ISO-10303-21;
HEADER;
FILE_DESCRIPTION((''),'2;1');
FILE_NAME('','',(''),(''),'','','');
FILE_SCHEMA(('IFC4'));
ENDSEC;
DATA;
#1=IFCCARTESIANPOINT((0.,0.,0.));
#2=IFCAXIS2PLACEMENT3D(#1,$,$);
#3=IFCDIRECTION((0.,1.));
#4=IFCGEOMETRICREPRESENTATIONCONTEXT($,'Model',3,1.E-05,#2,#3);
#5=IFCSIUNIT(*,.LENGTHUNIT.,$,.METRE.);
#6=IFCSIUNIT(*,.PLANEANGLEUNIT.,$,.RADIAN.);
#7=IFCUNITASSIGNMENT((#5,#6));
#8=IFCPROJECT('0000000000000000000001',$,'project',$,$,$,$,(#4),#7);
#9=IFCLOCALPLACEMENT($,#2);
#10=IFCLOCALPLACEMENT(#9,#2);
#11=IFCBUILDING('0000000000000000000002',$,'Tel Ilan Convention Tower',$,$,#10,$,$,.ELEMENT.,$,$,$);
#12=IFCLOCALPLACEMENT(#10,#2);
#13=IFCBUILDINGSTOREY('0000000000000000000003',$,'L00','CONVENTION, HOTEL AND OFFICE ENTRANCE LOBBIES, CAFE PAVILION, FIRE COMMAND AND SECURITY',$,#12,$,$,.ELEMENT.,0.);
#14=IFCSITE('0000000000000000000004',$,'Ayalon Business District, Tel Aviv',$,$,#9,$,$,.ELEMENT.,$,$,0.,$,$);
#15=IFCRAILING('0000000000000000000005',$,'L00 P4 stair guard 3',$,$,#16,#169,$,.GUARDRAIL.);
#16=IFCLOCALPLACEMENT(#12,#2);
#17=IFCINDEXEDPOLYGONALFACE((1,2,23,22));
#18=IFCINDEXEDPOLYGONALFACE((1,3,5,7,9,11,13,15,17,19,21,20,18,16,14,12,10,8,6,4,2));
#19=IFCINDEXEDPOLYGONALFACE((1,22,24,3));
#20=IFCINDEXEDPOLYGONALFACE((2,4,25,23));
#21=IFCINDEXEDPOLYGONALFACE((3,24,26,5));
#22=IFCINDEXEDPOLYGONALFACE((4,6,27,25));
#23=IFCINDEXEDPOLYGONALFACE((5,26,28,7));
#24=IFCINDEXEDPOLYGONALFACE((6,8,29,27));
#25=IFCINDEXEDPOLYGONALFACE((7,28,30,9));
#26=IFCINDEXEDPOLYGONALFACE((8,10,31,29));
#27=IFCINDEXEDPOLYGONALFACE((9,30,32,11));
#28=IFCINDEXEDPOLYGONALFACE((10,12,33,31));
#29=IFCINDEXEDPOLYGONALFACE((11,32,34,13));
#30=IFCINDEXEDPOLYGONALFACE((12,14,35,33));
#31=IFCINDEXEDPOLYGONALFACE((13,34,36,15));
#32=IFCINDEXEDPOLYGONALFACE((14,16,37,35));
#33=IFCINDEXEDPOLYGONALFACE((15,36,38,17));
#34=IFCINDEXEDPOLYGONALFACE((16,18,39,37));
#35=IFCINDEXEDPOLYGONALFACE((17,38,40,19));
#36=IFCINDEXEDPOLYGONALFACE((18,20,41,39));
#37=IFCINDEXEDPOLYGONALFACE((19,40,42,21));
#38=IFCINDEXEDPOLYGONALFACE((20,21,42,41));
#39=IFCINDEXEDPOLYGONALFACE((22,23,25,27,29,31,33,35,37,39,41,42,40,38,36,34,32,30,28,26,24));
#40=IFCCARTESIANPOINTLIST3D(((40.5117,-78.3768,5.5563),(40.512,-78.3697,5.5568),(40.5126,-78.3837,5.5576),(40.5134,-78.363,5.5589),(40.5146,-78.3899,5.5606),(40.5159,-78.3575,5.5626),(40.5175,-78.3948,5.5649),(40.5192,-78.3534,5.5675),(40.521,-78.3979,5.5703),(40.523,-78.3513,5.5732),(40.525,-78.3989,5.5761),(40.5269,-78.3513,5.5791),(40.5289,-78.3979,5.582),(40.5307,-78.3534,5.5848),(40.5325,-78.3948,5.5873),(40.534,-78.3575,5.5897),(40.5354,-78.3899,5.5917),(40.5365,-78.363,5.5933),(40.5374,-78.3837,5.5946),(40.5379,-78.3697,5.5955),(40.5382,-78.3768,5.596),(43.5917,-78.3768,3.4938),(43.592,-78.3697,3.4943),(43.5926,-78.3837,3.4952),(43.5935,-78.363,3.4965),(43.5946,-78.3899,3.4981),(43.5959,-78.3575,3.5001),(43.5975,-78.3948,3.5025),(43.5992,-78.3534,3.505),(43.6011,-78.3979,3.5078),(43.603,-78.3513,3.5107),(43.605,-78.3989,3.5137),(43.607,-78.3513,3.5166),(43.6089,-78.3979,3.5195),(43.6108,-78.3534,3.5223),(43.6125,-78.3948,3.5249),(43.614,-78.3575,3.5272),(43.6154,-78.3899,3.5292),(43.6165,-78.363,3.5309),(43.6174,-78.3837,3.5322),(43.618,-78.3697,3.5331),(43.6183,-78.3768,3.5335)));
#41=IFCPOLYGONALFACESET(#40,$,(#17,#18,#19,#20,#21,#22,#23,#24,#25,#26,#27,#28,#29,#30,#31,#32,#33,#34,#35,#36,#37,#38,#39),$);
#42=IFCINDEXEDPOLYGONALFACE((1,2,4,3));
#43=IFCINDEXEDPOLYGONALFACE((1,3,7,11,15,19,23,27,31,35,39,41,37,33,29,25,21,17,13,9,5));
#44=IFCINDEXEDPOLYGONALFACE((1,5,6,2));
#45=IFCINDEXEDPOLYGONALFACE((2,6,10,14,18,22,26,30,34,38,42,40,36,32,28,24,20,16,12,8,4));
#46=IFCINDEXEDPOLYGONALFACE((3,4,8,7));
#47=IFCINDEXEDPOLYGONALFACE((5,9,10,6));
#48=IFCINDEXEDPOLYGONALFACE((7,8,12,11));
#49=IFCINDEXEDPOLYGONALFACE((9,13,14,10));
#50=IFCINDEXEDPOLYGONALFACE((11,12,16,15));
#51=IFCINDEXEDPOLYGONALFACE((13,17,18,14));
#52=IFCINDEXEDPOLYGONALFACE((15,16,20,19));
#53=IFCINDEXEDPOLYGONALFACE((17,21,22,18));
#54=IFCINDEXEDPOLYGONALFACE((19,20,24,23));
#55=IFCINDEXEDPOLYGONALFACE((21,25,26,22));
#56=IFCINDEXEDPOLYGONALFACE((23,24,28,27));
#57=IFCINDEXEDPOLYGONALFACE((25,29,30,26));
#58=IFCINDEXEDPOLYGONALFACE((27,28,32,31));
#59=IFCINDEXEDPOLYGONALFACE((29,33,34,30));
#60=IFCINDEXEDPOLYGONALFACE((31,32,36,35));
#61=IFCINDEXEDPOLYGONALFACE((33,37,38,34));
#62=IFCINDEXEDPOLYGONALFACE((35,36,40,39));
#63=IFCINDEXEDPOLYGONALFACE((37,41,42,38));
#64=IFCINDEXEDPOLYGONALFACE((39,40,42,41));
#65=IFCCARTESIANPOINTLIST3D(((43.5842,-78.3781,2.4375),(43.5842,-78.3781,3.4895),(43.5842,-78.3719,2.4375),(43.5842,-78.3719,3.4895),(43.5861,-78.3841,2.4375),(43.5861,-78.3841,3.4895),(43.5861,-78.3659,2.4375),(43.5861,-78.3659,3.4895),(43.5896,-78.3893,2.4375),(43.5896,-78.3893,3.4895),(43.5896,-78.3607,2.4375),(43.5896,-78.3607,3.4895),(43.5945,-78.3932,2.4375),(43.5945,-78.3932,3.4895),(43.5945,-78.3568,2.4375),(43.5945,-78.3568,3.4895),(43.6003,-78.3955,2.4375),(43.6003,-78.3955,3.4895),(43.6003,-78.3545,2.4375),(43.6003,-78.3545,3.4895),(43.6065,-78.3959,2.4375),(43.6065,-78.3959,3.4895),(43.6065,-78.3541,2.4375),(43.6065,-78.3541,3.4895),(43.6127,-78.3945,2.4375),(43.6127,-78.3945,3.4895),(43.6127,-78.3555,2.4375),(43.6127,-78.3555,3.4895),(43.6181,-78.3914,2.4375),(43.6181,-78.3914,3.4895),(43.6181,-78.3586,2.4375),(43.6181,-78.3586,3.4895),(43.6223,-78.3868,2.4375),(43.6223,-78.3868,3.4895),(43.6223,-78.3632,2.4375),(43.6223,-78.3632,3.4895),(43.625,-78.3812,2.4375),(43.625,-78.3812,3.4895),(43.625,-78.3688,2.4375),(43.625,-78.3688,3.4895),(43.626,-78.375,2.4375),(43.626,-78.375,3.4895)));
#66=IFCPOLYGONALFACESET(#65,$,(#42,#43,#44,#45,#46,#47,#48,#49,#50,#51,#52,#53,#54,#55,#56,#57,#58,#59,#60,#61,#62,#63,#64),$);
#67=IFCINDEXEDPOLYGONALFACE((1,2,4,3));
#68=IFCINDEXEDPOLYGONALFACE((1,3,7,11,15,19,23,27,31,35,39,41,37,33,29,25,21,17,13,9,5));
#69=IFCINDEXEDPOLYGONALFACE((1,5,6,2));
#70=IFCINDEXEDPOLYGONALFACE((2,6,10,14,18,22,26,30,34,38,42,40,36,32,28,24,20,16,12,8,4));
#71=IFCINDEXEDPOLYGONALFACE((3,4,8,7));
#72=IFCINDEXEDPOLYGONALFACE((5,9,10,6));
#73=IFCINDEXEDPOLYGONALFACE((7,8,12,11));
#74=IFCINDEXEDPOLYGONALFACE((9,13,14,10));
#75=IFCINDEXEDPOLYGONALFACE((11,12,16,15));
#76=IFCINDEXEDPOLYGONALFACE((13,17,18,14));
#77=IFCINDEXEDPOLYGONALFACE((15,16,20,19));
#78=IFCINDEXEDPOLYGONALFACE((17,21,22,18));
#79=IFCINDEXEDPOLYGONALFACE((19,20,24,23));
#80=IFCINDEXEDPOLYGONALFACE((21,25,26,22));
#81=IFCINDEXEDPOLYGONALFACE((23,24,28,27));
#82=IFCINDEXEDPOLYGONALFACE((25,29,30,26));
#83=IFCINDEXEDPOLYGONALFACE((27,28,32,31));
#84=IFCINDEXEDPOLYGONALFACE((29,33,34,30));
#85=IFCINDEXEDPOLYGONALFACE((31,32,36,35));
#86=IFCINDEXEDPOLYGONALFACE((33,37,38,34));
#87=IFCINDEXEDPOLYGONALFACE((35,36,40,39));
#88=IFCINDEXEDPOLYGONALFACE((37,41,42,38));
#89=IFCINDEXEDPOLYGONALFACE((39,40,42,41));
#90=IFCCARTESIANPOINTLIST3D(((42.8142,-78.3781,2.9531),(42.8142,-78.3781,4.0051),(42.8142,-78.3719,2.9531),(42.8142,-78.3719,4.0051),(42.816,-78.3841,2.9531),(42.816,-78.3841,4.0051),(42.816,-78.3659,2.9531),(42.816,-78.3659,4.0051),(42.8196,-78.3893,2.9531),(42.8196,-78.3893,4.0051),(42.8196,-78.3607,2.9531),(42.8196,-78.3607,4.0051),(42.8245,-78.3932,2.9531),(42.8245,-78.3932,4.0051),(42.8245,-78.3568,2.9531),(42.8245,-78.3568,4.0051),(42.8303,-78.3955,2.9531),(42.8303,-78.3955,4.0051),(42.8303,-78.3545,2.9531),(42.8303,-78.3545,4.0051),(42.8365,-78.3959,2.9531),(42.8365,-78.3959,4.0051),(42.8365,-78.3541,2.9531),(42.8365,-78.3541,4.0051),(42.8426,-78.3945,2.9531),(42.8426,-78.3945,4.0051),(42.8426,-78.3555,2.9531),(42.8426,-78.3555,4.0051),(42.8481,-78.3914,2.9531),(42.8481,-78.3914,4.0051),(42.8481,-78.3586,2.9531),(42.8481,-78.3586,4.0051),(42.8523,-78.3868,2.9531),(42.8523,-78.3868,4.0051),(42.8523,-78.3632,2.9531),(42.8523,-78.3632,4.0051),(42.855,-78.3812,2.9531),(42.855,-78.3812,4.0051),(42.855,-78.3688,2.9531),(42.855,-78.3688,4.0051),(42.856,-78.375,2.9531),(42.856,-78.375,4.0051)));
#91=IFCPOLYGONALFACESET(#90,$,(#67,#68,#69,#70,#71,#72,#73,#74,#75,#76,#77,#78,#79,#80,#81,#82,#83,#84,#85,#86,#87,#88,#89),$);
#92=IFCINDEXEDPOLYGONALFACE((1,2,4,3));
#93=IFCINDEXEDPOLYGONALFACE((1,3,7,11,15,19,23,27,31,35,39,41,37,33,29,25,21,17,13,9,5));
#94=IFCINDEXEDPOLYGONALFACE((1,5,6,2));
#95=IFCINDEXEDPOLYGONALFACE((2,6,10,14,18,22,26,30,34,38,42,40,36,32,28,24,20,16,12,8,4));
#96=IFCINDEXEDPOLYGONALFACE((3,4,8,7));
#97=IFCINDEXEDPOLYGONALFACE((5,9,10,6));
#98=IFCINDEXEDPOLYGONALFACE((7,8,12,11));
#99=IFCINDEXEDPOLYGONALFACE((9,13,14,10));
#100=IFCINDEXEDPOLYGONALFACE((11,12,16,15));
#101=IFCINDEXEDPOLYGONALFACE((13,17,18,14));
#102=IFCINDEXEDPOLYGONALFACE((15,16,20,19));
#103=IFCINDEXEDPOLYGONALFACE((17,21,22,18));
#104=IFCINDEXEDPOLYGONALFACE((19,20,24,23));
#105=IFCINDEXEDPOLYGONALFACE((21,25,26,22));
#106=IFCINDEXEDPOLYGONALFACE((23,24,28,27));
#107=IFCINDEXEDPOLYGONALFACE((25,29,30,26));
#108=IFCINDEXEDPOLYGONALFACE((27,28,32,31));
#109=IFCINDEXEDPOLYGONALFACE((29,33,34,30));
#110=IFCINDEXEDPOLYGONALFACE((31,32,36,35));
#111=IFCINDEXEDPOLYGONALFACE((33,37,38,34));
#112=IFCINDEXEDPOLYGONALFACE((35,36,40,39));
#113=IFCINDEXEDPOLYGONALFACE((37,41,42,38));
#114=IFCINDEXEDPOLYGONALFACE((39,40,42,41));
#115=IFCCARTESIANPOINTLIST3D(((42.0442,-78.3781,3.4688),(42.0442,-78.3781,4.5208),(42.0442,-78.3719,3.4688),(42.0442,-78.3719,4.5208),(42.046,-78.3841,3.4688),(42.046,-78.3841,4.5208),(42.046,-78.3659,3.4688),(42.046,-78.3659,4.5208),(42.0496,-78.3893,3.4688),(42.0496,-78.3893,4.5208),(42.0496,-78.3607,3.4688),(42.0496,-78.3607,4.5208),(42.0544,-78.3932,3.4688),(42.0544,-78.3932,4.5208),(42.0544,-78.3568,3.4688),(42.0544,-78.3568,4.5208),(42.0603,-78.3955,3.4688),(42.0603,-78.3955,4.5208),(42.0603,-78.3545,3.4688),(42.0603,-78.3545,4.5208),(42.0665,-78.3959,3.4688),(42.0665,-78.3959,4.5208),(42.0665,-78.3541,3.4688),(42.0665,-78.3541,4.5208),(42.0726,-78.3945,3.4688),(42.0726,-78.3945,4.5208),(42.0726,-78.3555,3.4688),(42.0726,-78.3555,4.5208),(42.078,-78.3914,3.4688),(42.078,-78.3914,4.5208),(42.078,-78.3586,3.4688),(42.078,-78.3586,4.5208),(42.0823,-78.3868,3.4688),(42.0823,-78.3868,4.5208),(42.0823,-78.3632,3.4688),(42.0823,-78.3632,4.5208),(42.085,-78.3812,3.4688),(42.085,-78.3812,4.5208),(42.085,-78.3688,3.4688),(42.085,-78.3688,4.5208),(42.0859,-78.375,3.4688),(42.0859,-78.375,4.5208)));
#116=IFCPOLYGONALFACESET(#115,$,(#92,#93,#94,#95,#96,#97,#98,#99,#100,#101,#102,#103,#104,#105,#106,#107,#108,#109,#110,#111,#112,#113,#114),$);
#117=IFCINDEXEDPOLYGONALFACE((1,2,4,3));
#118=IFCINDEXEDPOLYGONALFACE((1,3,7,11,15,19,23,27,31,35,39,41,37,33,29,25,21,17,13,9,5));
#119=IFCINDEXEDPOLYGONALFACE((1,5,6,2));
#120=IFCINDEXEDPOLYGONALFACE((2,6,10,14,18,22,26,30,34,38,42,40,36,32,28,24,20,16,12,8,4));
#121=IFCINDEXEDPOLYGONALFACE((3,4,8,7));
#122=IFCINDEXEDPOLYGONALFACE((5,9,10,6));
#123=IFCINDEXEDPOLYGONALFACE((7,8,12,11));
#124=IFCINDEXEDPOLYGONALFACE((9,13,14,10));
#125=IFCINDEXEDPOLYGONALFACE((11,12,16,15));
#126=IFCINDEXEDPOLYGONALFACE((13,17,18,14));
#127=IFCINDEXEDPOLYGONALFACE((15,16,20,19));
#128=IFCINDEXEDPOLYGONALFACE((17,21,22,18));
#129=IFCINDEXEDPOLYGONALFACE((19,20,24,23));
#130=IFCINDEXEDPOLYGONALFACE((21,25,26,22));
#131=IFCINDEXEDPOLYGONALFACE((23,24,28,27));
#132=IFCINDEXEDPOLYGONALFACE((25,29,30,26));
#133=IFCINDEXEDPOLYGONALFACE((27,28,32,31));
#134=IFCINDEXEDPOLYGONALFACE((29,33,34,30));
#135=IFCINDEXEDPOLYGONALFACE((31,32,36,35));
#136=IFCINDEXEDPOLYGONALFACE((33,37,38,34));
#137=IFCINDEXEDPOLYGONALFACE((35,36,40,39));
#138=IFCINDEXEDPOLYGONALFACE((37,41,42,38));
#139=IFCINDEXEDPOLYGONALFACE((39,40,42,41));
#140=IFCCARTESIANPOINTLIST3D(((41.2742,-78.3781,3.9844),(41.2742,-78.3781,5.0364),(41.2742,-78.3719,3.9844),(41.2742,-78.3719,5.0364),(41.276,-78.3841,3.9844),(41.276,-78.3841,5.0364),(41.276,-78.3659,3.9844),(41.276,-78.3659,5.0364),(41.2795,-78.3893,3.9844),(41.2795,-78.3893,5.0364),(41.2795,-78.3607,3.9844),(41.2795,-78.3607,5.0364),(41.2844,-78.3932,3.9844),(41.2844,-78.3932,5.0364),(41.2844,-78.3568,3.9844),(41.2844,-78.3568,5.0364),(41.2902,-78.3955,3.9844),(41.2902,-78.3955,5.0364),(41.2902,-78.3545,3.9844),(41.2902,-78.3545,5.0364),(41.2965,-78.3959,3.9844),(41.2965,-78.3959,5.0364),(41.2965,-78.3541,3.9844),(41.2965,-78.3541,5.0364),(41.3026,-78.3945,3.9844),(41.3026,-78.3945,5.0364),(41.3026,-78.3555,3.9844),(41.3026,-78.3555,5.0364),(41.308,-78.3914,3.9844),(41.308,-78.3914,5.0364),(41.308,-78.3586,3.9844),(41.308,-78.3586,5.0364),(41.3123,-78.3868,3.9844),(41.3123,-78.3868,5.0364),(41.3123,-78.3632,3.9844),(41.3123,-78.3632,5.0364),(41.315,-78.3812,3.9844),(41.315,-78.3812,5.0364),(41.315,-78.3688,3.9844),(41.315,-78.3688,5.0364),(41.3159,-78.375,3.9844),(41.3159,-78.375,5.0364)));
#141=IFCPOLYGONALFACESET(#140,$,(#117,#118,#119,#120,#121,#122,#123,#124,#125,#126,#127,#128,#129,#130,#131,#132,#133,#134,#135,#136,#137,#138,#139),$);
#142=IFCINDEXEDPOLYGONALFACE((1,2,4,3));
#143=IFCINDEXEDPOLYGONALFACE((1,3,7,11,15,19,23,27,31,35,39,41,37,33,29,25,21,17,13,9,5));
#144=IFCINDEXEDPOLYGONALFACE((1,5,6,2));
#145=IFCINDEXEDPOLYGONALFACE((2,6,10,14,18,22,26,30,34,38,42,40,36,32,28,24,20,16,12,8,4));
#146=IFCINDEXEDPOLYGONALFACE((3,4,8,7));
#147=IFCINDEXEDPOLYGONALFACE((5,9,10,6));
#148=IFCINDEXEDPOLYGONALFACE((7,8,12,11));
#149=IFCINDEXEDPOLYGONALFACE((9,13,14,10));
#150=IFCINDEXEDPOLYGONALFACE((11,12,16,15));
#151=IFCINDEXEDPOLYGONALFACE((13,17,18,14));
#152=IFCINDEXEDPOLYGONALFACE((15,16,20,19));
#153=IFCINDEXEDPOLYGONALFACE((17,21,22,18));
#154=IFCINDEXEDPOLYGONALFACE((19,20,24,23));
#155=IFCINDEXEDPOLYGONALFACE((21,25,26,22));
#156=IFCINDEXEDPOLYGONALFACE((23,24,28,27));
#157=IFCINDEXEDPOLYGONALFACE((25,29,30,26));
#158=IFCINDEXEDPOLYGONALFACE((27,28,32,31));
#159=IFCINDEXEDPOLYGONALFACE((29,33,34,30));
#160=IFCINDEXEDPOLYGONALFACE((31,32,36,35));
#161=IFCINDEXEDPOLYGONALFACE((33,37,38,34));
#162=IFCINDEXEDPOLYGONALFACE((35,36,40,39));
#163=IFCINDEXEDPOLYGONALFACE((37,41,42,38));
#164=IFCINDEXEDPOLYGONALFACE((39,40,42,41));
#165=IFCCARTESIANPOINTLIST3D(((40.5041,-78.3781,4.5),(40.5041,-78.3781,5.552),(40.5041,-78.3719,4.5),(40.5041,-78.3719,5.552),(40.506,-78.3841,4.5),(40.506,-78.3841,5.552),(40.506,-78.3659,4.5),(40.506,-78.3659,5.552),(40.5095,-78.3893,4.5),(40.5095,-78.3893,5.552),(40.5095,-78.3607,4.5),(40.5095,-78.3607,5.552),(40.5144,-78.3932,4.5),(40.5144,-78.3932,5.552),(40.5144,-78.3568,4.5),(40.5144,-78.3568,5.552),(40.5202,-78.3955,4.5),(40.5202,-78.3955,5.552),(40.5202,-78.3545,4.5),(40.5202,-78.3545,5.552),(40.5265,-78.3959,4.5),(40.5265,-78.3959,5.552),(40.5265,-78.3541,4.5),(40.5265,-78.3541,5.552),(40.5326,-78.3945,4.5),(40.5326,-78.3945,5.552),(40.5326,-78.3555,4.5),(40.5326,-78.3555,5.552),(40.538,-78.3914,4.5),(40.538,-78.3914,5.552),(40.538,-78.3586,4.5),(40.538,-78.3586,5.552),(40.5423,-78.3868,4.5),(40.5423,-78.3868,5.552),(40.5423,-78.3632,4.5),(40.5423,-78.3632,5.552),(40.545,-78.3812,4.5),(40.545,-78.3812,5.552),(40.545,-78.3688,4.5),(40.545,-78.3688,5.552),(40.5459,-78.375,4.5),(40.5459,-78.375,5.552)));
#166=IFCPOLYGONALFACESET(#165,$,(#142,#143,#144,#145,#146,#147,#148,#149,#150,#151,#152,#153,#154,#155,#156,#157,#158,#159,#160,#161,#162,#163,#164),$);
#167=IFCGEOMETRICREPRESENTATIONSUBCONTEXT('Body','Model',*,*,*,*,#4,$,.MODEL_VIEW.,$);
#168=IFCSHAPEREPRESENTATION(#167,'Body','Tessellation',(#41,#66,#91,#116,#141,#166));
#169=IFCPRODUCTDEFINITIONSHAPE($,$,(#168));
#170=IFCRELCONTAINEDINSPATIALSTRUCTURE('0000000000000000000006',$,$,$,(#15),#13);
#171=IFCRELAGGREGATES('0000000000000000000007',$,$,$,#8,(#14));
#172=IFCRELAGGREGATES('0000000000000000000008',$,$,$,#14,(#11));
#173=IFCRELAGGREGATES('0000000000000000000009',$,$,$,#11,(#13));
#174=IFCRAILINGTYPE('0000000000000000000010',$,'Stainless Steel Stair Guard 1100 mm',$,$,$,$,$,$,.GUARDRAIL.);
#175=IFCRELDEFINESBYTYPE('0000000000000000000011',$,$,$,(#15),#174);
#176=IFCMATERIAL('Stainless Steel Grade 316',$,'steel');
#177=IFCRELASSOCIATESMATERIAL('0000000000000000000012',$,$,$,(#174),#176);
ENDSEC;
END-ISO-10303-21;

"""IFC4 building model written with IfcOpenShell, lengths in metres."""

from ifc_helpers import new_model, si_unit, direction, frame, origin, origin_2d, place, context, subcontext, project, spatial, circle, extrude, material, type_object, element, save


model = new_model("IFC4")

# Units and contexts
model_context = context("Model", 3, precision=1e-05, world=origin(), true_north=direction((0.0, 1.0)))
body_context = subcontext(model_context, "Body", "Model", "MODEL_VIEW")
ifc_project = project(units=[si_unit("LENGTHUNIT", "METRE"), si_unit("PLANEANGLEUNIT", "RADIAN")], contexts=[model_context])

# Site, building, storey
site_placement = place(None, origin())
site = spatial("IfcSite", under=ifc_project, at=site_placement, Name="Ayalon Business District, Tel Aviv", CompositionType="ELEMENT", RefElevation=0.0)
building_placement = place(site_placement, origin())
building = spatial("IfcBuilding", under=site, at=building_placement, Name="Tel Ilan Convention Tower", CompositionType="ELEMENT")
storey_placement = place(building_placement, origin())
storey = spatial("IfcBuildingStorey", under=building, at=storey_placement, Name="L00", Description="CONVENTION, HOTEL AND OFFICE ENTRANCE LOBBIES, CAFE PAVILION, FIRE COMMAND AND SECURITY", CompositionType="ELEMENT", Elevation=0.0)

# Railing
ifc_material_1 = material(Name="Stainless Steel Grade 316", Category="steel")
railing_type_1 = type_object("IfcRailingType", Name="Stainless Steel Stair Guard 1100 mm", PredefinedType="GUARDRAIL", material=ifc_material_1)
railing_1_placement = place(storey_placement, frame((43.605, -78.375, 2.4375)))
element("IfcRailing", 1, at=railing_1_placement, inside=storey, type_object=railing_type_1, Name="L00 P4 stair guard 3", PredefinedType="GUARDRAIL", context=body_context, shape_type="SweptSolid", body=[
    extrude(circle(Radius=0.0239, at=origin_2d()), frame((0.0, 0.0, 1.0762), z_axis=(-0.830914, 0.0, 0.556401), x_axis=(0.0, -1.0, 0.0)), (0.0, 0.0, 1.0), 3.7068),
    extrude(circle(Radius=0.021, at=origin_2d()), origin(), (0.0, 0.0, 1.0), 1.052),
    extrude(circle(Radius=0.021, at=origin_2d()), frame((-0.77, 0.0, 0.5156)), (0.0, 0.0, 1.0), 1.052),
    extrude(circle(Radius=0.021, at=origin_2d()), frame((-1.54, 0.0, 1.0312)), (0.0, 0.0, 1.0), 1.052),
    extrude(circle(Radius=0.021, at=origin_2d()), frame((-2.3101, 0.0, 1.5469)), (0.0, 0.0, 1.0), 1.052),
    extrude(circle(Radius=0.021, at=origin_2d()), frame((-3.0801, 0.0, 2.0625)), (0.0, 0.0, 1.0), 1.052),
])

save(model, "model.ifc")
